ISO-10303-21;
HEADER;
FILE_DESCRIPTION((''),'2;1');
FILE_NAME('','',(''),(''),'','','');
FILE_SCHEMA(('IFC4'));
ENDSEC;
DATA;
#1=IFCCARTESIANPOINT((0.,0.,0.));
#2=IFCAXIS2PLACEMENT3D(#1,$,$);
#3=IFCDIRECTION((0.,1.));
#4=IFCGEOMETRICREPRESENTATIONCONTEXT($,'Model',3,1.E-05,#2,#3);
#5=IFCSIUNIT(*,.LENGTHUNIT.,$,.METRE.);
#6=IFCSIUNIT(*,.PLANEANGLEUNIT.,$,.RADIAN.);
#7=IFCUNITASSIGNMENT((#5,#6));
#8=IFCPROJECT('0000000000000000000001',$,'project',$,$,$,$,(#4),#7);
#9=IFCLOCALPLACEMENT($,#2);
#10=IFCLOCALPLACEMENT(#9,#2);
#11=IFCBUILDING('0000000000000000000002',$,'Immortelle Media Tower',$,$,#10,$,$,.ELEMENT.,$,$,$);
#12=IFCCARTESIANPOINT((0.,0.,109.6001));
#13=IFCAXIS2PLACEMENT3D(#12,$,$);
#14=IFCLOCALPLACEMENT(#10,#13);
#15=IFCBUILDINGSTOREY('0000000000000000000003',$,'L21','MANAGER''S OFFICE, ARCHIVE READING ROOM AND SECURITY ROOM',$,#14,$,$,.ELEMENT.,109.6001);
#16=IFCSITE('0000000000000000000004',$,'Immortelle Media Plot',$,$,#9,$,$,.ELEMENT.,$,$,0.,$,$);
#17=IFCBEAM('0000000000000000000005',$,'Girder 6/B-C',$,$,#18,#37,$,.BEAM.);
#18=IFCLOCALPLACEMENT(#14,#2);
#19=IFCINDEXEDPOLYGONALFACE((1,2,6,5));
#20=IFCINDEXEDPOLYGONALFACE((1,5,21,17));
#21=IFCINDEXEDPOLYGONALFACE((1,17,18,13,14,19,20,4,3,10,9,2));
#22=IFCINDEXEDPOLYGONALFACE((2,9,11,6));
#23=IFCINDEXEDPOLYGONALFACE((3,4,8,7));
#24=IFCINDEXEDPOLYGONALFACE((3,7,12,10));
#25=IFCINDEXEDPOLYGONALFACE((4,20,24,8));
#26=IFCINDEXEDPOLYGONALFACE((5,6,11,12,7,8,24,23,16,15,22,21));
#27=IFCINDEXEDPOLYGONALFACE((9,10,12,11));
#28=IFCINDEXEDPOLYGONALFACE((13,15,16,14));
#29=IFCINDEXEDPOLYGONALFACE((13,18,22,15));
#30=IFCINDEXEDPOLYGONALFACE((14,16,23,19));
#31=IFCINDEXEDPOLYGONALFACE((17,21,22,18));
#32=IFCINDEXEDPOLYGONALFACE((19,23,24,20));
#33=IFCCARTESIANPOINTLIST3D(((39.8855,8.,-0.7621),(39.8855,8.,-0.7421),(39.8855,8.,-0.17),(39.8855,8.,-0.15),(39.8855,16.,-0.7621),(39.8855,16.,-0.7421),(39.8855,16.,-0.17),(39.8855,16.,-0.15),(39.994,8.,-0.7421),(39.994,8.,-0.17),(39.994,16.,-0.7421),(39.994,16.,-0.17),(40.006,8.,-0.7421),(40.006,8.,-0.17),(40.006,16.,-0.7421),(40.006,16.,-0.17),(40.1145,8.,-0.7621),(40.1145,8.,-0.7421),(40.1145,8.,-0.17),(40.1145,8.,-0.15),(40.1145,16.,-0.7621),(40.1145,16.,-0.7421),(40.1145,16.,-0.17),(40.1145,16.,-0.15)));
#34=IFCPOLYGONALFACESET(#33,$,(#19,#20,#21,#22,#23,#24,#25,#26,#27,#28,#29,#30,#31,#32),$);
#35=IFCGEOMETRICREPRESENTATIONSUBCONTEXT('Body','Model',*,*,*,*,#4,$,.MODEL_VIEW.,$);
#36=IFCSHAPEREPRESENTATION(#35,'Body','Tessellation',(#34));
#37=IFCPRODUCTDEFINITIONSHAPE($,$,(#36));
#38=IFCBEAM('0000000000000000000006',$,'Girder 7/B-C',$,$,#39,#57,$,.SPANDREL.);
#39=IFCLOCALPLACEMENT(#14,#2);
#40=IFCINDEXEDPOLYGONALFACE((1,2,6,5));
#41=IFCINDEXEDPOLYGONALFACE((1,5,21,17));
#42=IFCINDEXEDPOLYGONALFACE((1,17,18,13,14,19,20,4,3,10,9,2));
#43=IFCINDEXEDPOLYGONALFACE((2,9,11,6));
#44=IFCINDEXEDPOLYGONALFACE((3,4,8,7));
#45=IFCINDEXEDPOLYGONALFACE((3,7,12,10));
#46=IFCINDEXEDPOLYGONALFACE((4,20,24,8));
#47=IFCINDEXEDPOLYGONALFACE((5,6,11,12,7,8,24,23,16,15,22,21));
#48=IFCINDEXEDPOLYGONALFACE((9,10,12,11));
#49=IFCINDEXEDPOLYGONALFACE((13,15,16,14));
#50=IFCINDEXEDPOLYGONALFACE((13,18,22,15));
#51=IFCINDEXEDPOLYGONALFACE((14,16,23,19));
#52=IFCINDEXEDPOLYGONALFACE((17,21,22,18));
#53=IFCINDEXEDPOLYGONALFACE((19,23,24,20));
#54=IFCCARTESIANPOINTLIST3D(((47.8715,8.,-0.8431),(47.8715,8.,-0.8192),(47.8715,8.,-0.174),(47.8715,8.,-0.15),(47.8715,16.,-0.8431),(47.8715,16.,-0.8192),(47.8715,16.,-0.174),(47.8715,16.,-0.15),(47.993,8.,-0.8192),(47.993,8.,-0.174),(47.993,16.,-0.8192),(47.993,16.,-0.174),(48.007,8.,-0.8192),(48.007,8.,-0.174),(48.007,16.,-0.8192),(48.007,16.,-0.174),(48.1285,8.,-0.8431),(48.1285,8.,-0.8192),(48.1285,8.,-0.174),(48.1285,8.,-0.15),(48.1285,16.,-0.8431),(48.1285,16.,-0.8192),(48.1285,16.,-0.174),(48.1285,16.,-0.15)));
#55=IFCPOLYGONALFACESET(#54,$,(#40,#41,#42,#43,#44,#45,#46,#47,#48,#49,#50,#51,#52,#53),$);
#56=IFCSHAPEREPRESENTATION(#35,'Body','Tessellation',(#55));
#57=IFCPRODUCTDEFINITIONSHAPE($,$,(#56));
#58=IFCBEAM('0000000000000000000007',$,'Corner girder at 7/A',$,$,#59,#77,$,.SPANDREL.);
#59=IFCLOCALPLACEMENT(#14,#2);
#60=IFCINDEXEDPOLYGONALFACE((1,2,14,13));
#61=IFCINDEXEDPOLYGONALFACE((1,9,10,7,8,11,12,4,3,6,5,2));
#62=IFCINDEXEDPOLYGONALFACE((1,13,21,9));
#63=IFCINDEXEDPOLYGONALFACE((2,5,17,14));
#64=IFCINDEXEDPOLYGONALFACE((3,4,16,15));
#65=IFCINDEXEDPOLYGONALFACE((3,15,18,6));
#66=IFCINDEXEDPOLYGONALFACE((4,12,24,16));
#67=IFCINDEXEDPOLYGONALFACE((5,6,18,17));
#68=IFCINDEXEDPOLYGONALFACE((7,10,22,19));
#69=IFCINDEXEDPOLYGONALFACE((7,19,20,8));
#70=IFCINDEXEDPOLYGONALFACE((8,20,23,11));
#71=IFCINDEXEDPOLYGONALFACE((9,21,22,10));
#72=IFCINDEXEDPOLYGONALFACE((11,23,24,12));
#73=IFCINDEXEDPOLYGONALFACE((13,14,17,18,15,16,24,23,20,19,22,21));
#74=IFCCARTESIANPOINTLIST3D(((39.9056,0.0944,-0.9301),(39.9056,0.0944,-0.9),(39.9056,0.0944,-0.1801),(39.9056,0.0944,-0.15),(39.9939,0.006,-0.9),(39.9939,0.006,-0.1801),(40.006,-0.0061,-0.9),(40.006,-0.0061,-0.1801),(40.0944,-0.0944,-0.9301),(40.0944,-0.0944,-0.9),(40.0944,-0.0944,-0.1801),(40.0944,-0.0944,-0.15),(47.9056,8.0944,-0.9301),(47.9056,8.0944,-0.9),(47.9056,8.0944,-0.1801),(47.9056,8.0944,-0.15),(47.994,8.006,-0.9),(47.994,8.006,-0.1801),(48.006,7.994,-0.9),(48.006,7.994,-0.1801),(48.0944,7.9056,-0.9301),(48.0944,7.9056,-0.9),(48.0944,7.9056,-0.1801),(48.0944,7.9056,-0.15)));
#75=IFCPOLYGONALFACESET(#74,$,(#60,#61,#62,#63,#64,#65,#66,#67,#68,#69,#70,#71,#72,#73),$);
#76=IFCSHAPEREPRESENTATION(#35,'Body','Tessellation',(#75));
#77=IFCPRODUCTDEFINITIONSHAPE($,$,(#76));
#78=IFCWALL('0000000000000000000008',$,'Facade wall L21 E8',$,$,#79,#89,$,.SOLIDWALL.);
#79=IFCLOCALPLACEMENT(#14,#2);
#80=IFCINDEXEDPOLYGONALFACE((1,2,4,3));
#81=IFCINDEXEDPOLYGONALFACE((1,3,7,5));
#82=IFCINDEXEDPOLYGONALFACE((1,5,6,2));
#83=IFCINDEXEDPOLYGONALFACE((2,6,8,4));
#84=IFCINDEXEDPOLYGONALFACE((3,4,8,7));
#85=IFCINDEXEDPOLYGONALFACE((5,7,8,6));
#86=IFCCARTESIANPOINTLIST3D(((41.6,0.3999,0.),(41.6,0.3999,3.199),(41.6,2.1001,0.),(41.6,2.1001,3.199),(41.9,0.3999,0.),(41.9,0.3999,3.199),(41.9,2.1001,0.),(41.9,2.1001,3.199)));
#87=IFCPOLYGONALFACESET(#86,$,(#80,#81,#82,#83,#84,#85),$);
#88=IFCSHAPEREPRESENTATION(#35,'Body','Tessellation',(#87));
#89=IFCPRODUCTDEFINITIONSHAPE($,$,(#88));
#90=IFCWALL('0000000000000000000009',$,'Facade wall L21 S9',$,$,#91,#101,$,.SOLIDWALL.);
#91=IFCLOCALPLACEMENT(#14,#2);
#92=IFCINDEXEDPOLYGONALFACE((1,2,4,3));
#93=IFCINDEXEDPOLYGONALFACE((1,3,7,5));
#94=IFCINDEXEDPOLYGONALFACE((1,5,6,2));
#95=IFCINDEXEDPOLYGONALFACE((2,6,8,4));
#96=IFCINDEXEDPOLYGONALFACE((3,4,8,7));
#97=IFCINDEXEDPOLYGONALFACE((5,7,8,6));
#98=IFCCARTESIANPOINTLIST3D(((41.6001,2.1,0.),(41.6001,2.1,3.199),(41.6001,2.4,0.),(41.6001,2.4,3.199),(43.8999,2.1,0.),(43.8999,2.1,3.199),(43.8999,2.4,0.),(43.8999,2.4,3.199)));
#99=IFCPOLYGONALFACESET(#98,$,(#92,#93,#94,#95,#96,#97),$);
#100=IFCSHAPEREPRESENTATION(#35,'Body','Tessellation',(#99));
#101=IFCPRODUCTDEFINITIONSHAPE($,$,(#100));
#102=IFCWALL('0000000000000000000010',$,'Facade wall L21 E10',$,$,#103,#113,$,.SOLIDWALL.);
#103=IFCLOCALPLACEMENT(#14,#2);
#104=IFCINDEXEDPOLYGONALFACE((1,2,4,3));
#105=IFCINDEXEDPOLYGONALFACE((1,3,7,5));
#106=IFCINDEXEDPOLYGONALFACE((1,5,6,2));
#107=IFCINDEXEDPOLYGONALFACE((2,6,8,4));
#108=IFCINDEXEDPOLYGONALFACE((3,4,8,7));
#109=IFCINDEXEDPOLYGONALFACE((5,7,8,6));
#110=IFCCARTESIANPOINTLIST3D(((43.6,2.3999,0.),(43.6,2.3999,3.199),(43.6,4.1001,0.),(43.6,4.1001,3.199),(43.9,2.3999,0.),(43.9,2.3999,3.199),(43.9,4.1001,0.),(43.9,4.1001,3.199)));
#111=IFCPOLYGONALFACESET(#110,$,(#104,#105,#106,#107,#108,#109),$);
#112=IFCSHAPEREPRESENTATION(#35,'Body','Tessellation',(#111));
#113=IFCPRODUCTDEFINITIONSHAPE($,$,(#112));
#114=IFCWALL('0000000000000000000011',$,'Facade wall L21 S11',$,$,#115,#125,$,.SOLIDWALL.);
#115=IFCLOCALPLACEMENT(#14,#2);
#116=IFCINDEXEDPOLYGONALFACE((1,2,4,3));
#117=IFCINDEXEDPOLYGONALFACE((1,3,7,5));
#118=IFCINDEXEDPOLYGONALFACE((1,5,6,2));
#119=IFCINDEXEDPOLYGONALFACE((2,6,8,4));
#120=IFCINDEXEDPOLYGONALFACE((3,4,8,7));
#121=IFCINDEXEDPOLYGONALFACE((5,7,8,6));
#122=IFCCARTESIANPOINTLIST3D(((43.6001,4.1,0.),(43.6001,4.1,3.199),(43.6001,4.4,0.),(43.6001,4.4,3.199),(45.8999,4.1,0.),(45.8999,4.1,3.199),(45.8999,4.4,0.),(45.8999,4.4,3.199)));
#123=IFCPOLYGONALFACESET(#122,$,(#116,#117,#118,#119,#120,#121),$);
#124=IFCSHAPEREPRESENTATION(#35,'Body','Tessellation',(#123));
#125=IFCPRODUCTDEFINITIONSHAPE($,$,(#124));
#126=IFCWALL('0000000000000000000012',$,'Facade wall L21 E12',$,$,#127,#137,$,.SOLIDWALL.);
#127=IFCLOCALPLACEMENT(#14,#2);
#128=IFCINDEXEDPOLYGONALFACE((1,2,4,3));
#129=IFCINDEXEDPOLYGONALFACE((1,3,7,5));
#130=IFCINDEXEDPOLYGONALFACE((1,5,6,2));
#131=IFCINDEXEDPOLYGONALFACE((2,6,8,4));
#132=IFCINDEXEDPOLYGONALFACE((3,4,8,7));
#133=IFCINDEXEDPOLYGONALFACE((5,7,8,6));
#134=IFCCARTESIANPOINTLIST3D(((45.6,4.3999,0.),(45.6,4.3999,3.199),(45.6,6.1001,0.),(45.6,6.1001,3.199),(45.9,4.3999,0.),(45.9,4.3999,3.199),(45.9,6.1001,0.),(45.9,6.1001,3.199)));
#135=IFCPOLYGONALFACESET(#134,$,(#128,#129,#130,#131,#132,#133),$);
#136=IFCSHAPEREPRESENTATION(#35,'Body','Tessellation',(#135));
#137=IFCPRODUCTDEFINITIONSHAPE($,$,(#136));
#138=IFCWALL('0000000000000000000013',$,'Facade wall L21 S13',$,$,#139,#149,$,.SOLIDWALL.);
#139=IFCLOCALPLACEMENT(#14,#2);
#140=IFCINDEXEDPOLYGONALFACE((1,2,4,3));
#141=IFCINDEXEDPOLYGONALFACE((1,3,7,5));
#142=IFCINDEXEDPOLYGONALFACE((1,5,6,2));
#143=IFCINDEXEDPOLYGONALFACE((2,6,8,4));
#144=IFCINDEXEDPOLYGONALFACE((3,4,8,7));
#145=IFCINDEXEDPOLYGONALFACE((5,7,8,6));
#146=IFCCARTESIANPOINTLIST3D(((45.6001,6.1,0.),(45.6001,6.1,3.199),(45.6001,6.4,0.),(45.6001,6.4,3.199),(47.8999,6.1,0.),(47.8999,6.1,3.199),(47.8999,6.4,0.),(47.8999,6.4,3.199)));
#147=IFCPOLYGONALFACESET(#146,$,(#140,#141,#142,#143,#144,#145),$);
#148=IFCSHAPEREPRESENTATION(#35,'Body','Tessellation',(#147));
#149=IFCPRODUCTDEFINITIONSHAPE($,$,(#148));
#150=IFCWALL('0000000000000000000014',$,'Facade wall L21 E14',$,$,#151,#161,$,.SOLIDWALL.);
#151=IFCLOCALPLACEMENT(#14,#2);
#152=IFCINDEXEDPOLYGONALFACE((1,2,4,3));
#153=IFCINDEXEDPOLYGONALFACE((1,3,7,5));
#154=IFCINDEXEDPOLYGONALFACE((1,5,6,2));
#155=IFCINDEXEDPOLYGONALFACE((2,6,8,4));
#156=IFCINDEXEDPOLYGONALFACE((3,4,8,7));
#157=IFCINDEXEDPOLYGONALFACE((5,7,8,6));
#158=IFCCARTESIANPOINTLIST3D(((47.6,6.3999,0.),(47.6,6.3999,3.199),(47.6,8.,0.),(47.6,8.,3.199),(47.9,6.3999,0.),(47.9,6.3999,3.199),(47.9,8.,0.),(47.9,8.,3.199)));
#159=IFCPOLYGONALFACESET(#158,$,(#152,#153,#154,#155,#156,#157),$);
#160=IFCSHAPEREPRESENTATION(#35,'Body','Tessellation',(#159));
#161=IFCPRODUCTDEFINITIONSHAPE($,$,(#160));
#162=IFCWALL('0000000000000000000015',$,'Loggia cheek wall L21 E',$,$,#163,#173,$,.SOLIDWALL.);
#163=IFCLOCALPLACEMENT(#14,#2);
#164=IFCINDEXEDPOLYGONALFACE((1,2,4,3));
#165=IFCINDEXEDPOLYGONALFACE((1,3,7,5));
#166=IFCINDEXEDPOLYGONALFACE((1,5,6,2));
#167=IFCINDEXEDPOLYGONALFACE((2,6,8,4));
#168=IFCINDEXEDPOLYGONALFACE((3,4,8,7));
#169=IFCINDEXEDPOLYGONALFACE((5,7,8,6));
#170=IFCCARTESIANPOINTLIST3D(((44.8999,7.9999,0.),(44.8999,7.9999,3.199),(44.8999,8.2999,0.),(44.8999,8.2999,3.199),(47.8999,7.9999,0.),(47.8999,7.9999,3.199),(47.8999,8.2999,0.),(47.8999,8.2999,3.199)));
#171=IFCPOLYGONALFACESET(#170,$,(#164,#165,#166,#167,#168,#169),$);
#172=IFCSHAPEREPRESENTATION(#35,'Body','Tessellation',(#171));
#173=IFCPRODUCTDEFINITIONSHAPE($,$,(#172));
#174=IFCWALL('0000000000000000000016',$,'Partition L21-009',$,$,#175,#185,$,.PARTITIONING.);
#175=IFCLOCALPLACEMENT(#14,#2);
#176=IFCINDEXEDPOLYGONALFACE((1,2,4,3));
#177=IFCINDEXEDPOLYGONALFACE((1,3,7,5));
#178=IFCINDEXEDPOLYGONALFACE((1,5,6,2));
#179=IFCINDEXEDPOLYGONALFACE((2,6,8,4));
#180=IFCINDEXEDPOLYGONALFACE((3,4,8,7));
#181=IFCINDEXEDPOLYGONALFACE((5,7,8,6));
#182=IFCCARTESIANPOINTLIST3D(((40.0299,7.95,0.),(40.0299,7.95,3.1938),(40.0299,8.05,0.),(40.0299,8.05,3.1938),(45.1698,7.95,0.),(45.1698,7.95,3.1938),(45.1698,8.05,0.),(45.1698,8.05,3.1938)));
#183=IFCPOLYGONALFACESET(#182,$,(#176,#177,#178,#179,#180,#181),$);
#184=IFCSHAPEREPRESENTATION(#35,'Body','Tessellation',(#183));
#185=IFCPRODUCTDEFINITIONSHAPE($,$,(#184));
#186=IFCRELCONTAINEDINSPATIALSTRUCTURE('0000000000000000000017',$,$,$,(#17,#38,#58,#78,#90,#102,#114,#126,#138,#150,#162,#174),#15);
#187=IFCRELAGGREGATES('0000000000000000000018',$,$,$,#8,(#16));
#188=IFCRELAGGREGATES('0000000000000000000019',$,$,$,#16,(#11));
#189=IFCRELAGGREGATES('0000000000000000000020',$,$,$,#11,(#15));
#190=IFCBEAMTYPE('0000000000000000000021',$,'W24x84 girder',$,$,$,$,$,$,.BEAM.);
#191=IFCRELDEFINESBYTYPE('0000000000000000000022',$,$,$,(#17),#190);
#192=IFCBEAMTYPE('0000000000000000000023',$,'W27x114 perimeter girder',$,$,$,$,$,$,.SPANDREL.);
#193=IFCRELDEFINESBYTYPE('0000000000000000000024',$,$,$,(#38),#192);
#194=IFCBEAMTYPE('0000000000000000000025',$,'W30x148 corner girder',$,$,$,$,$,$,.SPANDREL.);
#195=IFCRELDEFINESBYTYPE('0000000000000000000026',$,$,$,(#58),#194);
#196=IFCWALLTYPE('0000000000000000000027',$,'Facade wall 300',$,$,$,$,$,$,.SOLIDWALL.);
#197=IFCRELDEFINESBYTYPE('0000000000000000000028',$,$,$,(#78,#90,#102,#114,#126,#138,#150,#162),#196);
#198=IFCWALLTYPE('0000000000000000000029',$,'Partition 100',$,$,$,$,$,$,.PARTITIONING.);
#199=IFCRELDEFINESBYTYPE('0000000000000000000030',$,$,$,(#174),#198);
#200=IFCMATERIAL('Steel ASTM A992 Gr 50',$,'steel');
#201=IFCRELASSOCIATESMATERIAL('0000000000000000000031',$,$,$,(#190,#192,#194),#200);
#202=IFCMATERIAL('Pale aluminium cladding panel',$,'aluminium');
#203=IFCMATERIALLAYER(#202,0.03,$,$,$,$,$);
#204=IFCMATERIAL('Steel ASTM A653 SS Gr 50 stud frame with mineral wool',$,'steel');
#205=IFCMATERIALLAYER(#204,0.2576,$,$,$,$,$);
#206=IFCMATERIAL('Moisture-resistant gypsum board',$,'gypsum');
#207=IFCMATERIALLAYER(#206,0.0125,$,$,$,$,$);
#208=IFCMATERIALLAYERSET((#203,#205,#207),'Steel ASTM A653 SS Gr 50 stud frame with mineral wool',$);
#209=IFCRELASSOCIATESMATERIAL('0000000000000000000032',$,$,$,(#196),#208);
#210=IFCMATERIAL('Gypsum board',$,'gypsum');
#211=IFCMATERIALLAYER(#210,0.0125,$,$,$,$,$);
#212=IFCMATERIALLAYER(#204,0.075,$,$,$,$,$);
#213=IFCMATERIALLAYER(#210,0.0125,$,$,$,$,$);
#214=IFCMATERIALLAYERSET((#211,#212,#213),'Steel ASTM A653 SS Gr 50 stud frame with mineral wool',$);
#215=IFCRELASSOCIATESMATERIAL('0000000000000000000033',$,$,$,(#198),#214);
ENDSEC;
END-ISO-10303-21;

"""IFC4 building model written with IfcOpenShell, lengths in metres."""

from ifc_helpers import new_model, si_unit, direction, frame, frame_2d, origin, origin_2d, place, context, subcontext, project, spatial, rectangle, i_section, extrude, material, layer, layer_set, material_profile, profile_set, type_object, element, save


model = new_model("IFC4")

# Units and contexts
model_context = context("Model", 3, precision=1e-05, world=origin(), true_north=direction((0.0, 1.0)))
body_context = subcontext(model_context, "Body", "Model", "MODEL_VIEW")
ifc_project = project(units=[si_unit("LENGTHUNIT", "METRE"), si_unit("PLANEANGLEUNIT", "RADIAN")], contexts=[model_context])

# Site, building, storey
site_placement = place(None, origin())
site = spatial("IfcSite", under=ifc_project, at=site_placement, Name="Immortelle Media Plot", CompositionType="ELEMENT", RefElevation=0.0)
building_placement = place(site_placement, origin())
building = spatial("IfcBuilding", under=site, at=building_placement, Name="Immortelle Media Tower", CompositionType="ELEMENT")
storey_placement = place(building_placement, frame((0.0, 0.0, 109.6001)))
storey = spatial("IfcBuildingStorey", under=building, at=storey_placement, Name="L21", Description="MANAGER'S OFFICE, ARCHIVE READING ROOM AND SECURITY ROOM", CompositionType="ELEMENT", Elevation=109.6001)

# Shared definitions
ifc_material_1 = material(Name="Steel ASTM A992 Gr 50", Category="steel")

# Beams
ifc_material_profile_1 = material_profile(ifc_material_1, i_section(OverallWidth=0.229, OverallDepth=0.6121, WebThickness=0.012, FlangeThickness=0.02, at=origin_2d()), Name="W24x84")
ifc_profile_set_1 = profile_set([ifc_material_profile_1], Name="Steel ASTM A992 Gr 50")
beam_type_1 = type_object("IfcBeamType", Name="W24x84 girder", PredefinedType="BEAM", material=ifc_profile_set_1)
for number, where, z_axis, x_axis, name in (
    (1, (40.0, 8.0, -0.4561), (0.0, 1.0, 0.0), (-1.0, 0.0, 0.0), "Girder 6/B-C"),
):
    element("IfcBeam", number, at=place(storey_placement, frame(where, z_axis=z_axis, x_axis=x_axis)), inside=storey, type_object=beam_type_1, Name=name, PredefinedType="BEAM", context=body_context, shape_type="SweptSolid", body=[
        extrude(i_section(OverallWidth=0.229, OverallDepth=0.6121, WebThickness=0.012, FlangeThickness=0.02, at=origin_2d()), origin(), (0.0, 0.0, 1.0), 8.0),
    ])
ifc_material_profile_2 = material_profile(ifc_material_1, i_section(OverallWidth=0.2571, OverallDepth=0.6931, WebThickness=0.0139, FlangeThickness=0.0239, at=origin_2d()), Name="W27x114")
ifc_profile_set_2 = profile_set([ifc_material_profile_2], Name="Steel ASTM A992 Gr 50")
beam_type_2 = type_object("IfcBeamType", Name="W27x114 perimeter girder", PredefinedType="SPANDREL", material=ifc_profile_set_2)
beam_1_placement = place(storey_placement, frame((48.0, 8.0, -0.4966), z_axis=(0.0, 1.0, 0.0), x_axis=(-1.0, 0.0, 0.0)))
element("IfcBeam", 2, at=beam_1_placement, inside=storey, type_object=beam_type_2, Name="Girder 7/B-C", PredefinedType="SPANDREL", context=body_context, shape_type="SweptSolid", body=[
    extrude(i_section(OverallWidth=0.2571, OverallDepth=0.6931, WebThickness=0.0139, FlangeThickness=0.0239, at=origin_2d()), origin(), (0.0, 0.0, 1.0), 8.0),
])
ifc_material_profile_3 = material_profile(ifc_material_1, i_section(OverallWidth=0.2671, OverallDepth=0.78, WebThickness=0.0171, FlangeThickness=0.03, at=origin_2d()), Name="W30x148")
ifc_profile_set_3 = profile_set([ifc_material_profile_3], Name="Steel ASTM A992 Gr 50")
beam_type_3 = type_object("IfcBeamType", Name="W30x148 corner girder", PredefinedType="SPANDREL", material=ifc_profile_set_3)
beam_2_placement = place(storey_placement, frame((48.0, 8.0, -0.54), z_axis=(-0.707107, -0.707107, 0.0), x_axis=(0.707107, -0.707107, 0.0)))
element("IfcBeam", 3, at=beam_2_placement, inside=storey, type_object=beam_type_3, Name="Corner girder at 7/A", PredefinedType="SPANDREL", context=body_context, shape_type="SweptSolid", body=[
    extrude(i_section(OverallWidth=0.2671, OverallDepth=0.78, WebThickness=0.0171, FlangeThickness=0.03, at=origin_2d()), origin(), (0.0, 0.0, 1.0), 11.3137),
])

# Walls
ifc_material_2 = material(Name="Pale aluminium cladding panel", Category="aluminium")
ifc_layer_1 = layer(ifc_material_2, 0.03)
ifc_material_3 = material(Name="Steel ASTM A653 SS Gr 50 stud frame with mineral wool", Category="steel")
ifc_layer_2 = layer(ifc_material_3, 0.2576)
ifc_material_4 = material(Name="Moisture-resistant gypsum board", Category="gypsum")
ifc_layer_3 = layer(ifc_material_4, 0.0125)
ifc_layer_set_1 = layer_set([ifc_layer_1, ifc_layer_2, ifc_layer_3], Name="Steel ASTM A653 SS Gr 50 stud frame with mineral wool")
wall_type_1 = type_object("IfcWallType", Name="Facade wall 300", PredefinedType="SOLIDWALL", material=ifc_layer_set_1)
wall_1_placement = place(storey_placement, frame((41.75, 0.3999, 0.0), z_axis=(0.0, 0.0, 1.0), x_axis=(0.0, 1.0, 0.0)))
element("IfcWall", 4, at=wall_1_placement, inside=storey, type_object=wall_type_1, Name="Facade wall L21 E8", PredefinedType="SOLIDWALL", context=body_context, shape_type="SweptSolid", body=[
    extrude(rectangle(XDim=1.7002, YDim=0.3, at=frame_2d((0.8501, 0.0))), origin(), (0.0, 0.0, 1.0), 3.199),
])
wall_2_placement = place(storey_placement, frame((41.6001, 2.25, 0.0), z_axis=(0.0, 0.0, 1.0), x_axis=(1.0, 0.0, 0.0)))
element("IfcWall", 5, at=wall_2_placement, inside=storey, type_object=wall_type_1, Name="Facade wall L21 S9", PredefinedType="SOLIDWALL", context=body_context, shape_type="SweptSolid", body=[
    extrude(rectangle(XDim=2.2998, YDim=0.3, at=frame_2d((1.1499, 0.0))), origin(), (0.0, 0.0, 1.0), 3.199),
])
wall_3_placement = place(storey_placement, frame((43.75, 2.3999, 0.0), z_axis=(0.0, 0.0, 1.0), x_axis=(0.0, 1.0, 0.0)))
element("IfcWall", 6, at=wall_3_placement, inside=storey, type_object=wall_type_1, Name="Facade wall L21 E10", PredefinedType="SOLIDWALL", context=body_context, shape_type="SweptSolid", body=[
    extrude(rectangle(XDim=1.7002, YDim=0.3, at=frame_2d((0.8501, 0.0))), origin(), (0.0, 0.0, 1.0), 3.199),
])
wall_4_placement = place(storey_placement, frame((43.6001, 4.25, 0.0), z_axis=(0.0, 0.0, 1.0), x_axis=(1.0, 0.0, 0.0)))
element("IfcWall", 7, at=wall_4_placement, inside=storey, type_object=wall_type_1, Name="Facade wall L21 S11", PredefinedType="SOLIDWALL", context=body_context, shape_type="SweptSolid", body=[
    extrude(rectangle(XDim=2.2998, YDim=0.3, at=frame_2d((1.1499, 0.0))), origin(), (0.0, 0.0, 1.0), 3.199),
])
wall_5_placement = place(storey_placement, frame((45.75, 4.3999, 0.0), z_axis=(0.0, 0.0, 1.0), x_axis=(0.0, 1.0, 0.0)))
element("IfcWall", 8, at=wall_5_placement, inside=storey, type_object=wall_type_1, Name="Facade wall L21 E12", PredefinedType="SOLIDWALL", context=body_context, shape_type="SweptSolid", body=[
    extrude(rectangle(XDim=1.7002, YDim=0.3, at=frame_2d((0.8501, 0.0))), origin(), (0.0, 0.0, 1.0), 3.199),
])
wall_6_placement = place(storey_placement, frame((45.6001, 6.25, 0.0), z_axis=(0.0, 0.0, 1.0), x_axis=(1.0, 0.0, 0.0)))
element("IfcWall", 9, at=wall_6_placement, inside=storey, type_object=wall_type_1, Name="Facade wall L21 S13", PredefinedType="SOLIDWALL", context=body_context, shape_type="SweptSolid", body=[
    extrude(rectangle(XDim=2.2998, YDim=0.3, at=frame_2d((1.1499, 0.0))), origin(), (0.0, 0.0, 1.0), 3.199),
])
wall_7_placement = place(storey_placement, frame((47.75, 6.3999, 0.0), z_axis=(0.0, 0.0, 1.0), x_axis=(0.0, 1.0, 0.0)))
element("IfcWall", 10, at=wall_7_placement, inside=storey, type_object=wall_type_1, Name="Facade wall L21 E14", PredefinedType="SOLIDWALL", context=body_context, shape_type="SweptSolid", body=[
    extrude(rectangle(XDim=1.6001, YDim=0.3, at=frame_2d((0.8, 0.0))), origin(), (0.0, 0.0, 1.0), 3.199),
])

# Walls
wall_8_placement = place(storey_placement, frame((47.8999, 8.1499, 0.0), z_axis=(0.0, 0.0, 1.0), x_axis=(-1.0, 0.0, 0.0)))
element("IfcWall", 11, at=wall_8_placement, inside=storey, type_object=wall_type_1, Name="Loggia cheek wall L21 E", PredefinedType="SOLIDWALL", context=body_context, shape_type="SweptSolid", body=[
    extrude(rectangle(XDim=3.0, YDim=0.3, at=frame_2d((1.5, 0.0))), origin(), (0.0, 0.0, 1.0), 3.199),
])
ifc_material_5 = material(Name="Gypsum board", Category="gypsum")
ifc_layer_4 = layer(ifc_material_5, 0.0125)
ifc_layer_5 = layer(ifc_material_3, 0.075)
ifc_layer_6 = layer(ifc_material_5, 0.0125)
ifc_layer_set_2 = layer_set([ifc_layer_4, ifc_layer_5, ifc_layer_6], Name="Steel ASTM A653 SS Gr 50 stud frame with mineral wool")
wall_type_2 = type_object("IfcWallType", Name="Partition 100", PredefinedType="PARTITIONING", material=ifc_layer_set_2)
wall_9_placement = place(storey_placement, frame((40.03, 8.0, 0.0), z_axis=(0.0, 0.0, 1.0), x_axis=(1.0, 0.0, 0.0)))
element("IfcWall", 12, at=wall_9_placement, inside=storey, type_object=wall_type_2, Name="Partition L21-009", PredefinedType="PARTITIONING", context=body_context, shape_type="SweptSolid", body=[
    extrude(rectangle(XDim=5.1399, YDim=0.1001, at=frame_2d((2.5698, 0.0))), origin(), (0.0, 0.0, 1.0), 3.1938),
])

save(model, "model.ifc")
